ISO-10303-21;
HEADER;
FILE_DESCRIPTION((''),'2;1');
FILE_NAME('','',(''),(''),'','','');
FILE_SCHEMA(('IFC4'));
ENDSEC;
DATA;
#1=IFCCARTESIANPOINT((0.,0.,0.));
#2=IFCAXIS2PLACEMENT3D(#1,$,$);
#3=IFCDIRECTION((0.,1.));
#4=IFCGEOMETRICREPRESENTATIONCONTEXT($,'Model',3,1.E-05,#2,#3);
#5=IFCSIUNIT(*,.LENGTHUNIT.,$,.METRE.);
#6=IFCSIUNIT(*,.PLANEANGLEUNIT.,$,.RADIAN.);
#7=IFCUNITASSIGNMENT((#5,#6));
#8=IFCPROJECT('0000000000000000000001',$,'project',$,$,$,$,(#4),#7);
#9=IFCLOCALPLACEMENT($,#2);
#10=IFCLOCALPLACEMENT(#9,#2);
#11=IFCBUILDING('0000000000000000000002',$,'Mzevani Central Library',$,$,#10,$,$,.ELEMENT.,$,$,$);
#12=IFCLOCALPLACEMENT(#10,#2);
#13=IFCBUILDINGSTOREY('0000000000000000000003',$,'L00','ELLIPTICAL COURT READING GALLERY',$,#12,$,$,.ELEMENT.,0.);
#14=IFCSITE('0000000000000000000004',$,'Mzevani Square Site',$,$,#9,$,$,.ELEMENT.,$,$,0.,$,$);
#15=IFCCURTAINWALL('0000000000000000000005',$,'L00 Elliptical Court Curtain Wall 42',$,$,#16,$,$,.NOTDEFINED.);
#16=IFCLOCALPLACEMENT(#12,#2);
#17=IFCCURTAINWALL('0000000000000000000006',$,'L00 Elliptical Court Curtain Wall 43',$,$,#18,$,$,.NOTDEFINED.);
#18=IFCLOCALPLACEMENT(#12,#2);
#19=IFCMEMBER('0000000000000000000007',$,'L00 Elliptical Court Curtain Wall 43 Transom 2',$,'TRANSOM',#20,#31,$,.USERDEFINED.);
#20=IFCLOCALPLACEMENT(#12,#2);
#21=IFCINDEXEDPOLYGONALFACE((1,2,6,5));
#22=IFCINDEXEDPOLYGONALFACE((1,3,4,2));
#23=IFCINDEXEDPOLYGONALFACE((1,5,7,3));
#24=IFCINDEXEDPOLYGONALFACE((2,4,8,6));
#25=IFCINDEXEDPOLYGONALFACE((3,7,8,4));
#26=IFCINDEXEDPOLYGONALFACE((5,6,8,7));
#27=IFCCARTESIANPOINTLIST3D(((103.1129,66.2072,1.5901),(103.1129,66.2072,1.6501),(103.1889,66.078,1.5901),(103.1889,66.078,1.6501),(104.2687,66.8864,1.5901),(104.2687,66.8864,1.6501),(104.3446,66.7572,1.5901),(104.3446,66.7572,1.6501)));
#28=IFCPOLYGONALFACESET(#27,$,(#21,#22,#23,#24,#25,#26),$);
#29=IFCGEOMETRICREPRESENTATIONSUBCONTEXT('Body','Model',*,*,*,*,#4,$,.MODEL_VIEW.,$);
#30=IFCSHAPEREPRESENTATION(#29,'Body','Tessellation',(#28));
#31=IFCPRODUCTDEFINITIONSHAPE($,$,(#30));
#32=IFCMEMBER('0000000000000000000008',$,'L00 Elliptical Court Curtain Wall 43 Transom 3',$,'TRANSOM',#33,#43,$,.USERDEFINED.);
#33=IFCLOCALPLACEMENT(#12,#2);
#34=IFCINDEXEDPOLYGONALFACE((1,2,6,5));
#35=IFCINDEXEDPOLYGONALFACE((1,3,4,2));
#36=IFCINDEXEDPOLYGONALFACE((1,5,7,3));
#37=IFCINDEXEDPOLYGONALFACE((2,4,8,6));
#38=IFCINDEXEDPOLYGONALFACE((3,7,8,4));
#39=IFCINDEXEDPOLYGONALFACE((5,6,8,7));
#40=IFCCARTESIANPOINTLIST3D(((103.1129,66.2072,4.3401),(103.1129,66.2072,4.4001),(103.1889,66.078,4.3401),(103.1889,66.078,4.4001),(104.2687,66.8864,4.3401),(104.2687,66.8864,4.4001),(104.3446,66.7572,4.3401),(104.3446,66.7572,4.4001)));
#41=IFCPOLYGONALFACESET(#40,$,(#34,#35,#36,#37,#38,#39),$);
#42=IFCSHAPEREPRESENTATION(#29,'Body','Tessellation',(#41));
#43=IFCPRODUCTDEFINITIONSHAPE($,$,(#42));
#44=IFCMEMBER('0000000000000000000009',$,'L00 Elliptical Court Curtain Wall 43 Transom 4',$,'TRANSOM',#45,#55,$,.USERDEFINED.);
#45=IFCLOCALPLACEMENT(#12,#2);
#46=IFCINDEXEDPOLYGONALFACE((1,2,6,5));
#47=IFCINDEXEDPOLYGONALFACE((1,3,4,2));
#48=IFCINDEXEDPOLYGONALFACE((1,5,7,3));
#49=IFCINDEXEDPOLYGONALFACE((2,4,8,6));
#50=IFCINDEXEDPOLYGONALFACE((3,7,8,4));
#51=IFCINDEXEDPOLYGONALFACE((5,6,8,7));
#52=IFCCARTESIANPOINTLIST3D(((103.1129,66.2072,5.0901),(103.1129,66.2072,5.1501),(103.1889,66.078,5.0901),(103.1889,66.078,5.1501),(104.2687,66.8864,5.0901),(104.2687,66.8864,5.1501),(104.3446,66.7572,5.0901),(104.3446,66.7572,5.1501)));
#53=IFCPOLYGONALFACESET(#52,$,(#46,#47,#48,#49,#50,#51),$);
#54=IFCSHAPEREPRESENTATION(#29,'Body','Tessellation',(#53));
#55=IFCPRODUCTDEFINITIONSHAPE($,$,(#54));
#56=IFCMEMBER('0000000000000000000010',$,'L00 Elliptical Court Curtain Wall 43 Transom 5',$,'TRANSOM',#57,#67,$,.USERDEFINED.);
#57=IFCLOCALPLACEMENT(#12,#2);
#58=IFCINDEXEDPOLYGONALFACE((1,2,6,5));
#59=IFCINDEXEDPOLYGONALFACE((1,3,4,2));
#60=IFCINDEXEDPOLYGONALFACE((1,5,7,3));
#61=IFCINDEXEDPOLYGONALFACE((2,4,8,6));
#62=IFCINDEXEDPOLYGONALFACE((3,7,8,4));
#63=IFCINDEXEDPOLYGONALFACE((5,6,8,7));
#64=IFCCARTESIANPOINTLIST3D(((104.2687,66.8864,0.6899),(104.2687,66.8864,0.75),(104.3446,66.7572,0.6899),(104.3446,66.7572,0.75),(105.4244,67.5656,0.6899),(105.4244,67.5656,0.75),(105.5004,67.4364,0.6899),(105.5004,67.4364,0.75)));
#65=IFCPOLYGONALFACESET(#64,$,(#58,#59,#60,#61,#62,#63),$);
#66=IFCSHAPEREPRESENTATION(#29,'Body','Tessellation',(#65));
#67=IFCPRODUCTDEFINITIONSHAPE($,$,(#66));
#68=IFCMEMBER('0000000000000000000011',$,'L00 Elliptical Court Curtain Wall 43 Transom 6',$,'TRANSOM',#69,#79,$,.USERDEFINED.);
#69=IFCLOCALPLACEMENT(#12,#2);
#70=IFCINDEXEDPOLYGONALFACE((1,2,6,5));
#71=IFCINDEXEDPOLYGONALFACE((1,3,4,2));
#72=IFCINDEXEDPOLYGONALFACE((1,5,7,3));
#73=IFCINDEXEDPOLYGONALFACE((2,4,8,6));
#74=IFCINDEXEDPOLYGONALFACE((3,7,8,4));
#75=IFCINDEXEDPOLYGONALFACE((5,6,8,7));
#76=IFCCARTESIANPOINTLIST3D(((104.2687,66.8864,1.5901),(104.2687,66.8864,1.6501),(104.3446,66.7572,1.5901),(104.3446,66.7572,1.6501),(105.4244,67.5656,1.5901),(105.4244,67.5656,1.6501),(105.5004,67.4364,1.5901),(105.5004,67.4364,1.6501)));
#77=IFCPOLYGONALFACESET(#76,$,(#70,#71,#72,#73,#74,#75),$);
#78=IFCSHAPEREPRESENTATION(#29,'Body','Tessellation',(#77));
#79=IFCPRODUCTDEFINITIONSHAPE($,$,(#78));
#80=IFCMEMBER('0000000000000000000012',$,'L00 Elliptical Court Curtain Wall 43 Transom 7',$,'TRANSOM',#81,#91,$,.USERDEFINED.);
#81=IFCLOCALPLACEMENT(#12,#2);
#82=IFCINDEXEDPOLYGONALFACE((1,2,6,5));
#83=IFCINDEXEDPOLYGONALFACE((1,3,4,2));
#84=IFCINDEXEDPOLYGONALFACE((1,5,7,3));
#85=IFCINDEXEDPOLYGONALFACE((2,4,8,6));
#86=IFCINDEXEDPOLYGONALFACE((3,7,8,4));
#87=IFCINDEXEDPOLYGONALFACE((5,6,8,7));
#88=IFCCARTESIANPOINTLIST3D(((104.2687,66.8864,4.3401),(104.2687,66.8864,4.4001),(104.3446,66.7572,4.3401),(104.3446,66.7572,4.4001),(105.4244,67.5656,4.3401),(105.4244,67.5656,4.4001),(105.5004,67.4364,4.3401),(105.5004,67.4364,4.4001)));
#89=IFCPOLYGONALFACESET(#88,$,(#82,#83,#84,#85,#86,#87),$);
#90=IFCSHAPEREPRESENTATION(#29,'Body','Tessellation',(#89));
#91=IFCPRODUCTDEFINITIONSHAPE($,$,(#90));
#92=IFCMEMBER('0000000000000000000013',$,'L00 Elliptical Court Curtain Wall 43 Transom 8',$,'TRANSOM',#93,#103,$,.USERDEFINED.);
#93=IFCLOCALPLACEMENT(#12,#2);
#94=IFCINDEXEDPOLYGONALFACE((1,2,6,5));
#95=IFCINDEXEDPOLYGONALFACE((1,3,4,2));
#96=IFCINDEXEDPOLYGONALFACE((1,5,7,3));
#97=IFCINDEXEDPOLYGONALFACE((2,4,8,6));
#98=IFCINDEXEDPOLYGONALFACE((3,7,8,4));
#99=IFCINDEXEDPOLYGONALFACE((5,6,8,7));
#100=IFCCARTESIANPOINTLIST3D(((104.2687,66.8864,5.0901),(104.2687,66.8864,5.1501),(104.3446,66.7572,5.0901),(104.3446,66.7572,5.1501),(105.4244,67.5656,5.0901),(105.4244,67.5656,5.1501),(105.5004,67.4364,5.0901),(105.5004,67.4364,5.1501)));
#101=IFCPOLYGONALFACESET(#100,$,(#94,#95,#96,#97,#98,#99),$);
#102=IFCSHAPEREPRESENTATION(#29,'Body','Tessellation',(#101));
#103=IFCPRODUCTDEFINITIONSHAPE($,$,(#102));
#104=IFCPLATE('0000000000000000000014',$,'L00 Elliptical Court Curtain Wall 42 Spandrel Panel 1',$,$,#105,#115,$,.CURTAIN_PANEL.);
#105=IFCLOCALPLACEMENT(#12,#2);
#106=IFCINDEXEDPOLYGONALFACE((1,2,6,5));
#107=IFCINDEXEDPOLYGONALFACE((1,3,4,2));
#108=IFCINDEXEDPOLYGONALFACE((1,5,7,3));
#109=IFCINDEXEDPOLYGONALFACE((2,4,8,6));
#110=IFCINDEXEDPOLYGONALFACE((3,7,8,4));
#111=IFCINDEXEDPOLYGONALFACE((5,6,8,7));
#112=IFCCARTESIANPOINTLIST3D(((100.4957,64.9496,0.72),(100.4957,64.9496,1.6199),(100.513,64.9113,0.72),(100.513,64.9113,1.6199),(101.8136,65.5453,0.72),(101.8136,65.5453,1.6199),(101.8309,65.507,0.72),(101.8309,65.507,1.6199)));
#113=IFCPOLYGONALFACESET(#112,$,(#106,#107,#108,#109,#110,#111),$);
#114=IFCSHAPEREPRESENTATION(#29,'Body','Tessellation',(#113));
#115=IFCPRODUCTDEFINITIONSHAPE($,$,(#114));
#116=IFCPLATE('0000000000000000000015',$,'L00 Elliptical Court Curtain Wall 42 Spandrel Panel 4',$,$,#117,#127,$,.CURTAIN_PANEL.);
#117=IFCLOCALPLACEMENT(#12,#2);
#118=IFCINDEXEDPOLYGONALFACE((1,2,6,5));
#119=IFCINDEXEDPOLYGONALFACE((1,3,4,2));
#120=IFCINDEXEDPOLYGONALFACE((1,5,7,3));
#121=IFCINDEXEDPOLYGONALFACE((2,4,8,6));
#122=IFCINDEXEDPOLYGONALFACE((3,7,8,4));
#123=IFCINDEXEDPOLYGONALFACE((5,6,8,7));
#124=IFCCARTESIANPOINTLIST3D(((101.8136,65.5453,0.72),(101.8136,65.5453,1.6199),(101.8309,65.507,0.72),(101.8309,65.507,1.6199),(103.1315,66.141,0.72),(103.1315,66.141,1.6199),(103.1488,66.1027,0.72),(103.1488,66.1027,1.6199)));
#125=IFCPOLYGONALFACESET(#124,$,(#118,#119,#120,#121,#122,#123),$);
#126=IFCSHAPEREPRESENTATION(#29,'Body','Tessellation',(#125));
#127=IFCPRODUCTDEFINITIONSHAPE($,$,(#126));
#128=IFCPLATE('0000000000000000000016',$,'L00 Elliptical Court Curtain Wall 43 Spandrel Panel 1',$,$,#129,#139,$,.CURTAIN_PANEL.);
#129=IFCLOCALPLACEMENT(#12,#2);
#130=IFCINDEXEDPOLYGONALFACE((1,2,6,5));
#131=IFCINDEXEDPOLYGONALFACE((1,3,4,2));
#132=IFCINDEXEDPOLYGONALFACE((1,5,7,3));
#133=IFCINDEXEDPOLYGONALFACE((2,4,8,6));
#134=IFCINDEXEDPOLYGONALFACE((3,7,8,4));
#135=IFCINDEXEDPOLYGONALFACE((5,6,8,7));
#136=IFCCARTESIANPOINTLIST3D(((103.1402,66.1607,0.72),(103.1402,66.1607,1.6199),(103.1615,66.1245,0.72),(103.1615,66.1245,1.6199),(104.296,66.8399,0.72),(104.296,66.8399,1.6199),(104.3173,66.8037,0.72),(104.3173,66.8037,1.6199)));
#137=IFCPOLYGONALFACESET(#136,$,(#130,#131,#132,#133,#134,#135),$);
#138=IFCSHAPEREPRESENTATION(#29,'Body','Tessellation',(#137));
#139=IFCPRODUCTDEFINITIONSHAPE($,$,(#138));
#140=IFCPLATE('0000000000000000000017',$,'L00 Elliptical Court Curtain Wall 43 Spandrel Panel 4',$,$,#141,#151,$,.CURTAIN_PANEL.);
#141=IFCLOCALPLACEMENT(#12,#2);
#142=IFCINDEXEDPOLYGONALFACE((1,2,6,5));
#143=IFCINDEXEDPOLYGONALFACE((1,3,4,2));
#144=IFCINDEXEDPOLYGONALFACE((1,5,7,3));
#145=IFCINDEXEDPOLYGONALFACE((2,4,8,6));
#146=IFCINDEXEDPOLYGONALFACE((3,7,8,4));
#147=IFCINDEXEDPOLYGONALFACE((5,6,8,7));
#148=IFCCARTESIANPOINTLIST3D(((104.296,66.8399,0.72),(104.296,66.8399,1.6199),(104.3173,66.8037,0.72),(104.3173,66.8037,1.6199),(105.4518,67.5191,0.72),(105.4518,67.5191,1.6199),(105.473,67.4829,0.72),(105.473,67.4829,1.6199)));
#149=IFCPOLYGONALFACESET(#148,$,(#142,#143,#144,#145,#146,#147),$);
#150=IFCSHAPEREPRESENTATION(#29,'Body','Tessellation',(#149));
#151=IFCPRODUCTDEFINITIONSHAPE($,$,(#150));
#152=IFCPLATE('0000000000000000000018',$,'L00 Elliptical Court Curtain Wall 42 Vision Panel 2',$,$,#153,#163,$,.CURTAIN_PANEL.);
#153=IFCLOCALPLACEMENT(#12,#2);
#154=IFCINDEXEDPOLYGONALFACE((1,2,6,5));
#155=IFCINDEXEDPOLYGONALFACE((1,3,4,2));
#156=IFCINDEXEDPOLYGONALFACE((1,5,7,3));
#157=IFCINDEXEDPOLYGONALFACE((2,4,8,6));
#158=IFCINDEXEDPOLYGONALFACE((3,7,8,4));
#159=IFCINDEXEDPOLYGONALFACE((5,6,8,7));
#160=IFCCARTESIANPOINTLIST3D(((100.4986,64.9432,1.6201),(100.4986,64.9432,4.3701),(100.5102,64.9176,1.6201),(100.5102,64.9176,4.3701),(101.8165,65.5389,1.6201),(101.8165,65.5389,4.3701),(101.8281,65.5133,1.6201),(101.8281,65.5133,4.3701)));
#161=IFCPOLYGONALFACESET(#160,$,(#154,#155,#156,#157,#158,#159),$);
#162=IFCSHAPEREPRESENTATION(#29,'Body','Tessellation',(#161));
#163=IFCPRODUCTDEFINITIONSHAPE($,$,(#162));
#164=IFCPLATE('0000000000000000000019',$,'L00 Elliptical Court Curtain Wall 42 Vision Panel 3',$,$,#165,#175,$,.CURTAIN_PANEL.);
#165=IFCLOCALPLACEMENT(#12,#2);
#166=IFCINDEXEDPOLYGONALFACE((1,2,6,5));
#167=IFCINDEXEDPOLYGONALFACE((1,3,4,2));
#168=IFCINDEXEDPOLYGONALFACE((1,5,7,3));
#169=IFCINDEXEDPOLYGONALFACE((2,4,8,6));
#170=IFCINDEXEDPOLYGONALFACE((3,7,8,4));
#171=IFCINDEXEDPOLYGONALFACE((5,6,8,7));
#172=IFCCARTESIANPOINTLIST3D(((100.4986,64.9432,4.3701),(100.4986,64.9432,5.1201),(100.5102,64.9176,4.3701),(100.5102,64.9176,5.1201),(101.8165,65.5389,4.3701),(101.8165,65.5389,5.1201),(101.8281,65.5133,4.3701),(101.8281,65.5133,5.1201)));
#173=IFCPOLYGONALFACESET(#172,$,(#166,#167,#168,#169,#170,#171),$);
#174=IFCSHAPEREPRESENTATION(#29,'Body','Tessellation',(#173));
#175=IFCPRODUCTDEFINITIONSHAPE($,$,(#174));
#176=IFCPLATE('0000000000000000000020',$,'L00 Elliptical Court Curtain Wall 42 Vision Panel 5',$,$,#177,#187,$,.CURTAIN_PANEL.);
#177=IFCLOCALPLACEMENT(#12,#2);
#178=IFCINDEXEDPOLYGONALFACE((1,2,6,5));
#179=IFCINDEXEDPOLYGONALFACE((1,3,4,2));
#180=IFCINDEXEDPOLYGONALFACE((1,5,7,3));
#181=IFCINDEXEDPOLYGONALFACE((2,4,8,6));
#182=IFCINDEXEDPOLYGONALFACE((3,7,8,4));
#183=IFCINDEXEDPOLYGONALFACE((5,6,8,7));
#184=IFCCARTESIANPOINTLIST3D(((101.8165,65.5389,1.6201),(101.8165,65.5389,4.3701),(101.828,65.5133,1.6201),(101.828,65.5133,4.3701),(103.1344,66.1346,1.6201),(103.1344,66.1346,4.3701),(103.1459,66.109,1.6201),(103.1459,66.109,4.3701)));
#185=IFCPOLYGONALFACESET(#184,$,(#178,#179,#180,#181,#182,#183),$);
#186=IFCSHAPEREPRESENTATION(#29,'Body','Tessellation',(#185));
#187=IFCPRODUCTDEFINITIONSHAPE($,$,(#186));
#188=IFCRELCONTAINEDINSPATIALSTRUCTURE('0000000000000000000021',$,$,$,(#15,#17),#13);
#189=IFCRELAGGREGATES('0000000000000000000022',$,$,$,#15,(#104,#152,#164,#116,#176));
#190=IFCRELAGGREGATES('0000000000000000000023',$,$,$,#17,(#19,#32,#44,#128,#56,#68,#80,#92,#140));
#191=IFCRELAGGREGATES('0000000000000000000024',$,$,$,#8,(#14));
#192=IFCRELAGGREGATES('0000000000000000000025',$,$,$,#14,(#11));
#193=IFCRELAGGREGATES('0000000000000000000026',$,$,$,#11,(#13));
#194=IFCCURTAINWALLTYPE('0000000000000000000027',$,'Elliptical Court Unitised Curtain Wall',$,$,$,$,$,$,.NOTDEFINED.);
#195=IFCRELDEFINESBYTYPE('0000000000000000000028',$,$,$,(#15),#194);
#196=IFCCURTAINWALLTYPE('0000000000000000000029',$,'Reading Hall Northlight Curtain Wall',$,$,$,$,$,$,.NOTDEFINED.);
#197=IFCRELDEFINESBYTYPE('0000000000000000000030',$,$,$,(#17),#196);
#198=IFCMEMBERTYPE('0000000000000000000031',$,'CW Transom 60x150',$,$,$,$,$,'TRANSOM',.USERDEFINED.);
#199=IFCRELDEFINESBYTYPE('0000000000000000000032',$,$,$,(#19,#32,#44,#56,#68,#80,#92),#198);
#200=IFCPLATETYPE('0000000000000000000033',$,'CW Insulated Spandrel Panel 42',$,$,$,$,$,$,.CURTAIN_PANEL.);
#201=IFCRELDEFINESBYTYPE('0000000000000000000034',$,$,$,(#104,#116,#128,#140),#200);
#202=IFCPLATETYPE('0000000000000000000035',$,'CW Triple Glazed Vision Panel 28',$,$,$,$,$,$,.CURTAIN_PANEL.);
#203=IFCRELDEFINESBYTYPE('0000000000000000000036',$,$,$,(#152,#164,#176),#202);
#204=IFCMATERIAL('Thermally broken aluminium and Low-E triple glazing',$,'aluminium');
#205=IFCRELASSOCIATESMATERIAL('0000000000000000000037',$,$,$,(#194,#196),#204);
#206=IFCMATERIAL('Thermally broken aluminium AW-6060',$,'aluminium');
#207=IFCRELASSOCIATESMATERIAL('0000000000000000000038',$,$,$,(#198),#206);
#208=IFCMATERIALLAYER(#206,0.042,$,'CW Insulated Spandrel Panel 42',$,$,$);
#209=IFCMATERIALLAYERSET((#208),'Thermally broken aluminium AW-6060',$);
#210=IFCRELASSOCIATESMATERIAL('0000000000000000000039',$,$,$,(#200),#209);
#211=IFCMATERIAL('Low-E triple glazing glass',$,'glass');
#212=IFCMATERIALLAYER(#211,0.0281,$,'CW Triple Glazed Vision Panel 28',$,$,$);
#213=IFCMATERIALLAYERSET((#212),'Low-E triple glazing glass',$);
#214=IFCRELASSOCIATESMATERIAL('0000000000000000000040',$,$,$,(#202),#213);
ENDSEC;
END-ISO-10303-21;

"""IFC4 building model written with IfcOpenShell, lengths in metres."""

from ifc_helpers import new_model, si_unit, direction, frame, origin, origin_2d, place, context, subcontext, project, spatial, rectangle, extrude, material, layer, layer_set, material_profile, profile_set, type_object, element, aggregate, save


model = new_model("IFC4")

# Units and contexts
model_context = context("Model", 3, precision=1e-05, world=origin(), true_north=direction((0.0, 1.0)))
body_context = subcontext(model_context, "Body", "Model", "MODEL_VIEW")
ifc_project = project(units=[si_unit("LENGTHUNIT", "METRE"), si_unit("PLANEANGLEUNIT", "RADIAN")], contexts=[model_context])

# Site, building, storey
site_placement = place(None, origin())
site = spatial("IfcSite", under=ifc_project, at=site_placement, Name="Mzevani Square Site", CompositionType="ELEMENT", RefElevation=0.0)
building_placement = place(site_placement, origin())
building = spatial("IfcBuilding", under=site, at=building_placement, Name="Mzevani Central Library", CompositionType="ELEMENT")
storey_placement = place(building_placement, origin())
storey = spatial("IfcBuildingStorey", under=building, at=storey_placement, Name="L00", Description="ELLIPTICAL COURT READING GALLERY", CompositionType="ELEMENT", Elevation=0.0)

# Curtain walls
ifc_material_1 = material(Name="Thermally broken aluminium and Low-E triple glazing", Category="aluminium")
curtain_wall_type_1 = type_object("IfcCurtainWallType", Name="Elliptical Court Unitised Curtain Wall", PredefinedType="NOTDEFINED", material=ifc_material_1)
curtain_wall_1_placement = place(storey_placement, origin())
curtain_wall_1 = element("IfcCurtainWall", 1, at=curtain_wall_1_placement, inside=storey, type_object=curtain_wall_type_1, Name="L00 Elliptical Court Curtain Wall 42", PredefinedType="NOTDEFINED")
ifc_material_2 = material(Name="Thermally broken aluminium AW-6060", Category="aluminium")
curtain_wall_type_2 = type_object("IfcCurtainWallType", Name="Reading Hall Northlight Curtain Wall", PredefinedType="NOTDEFINED", material=ifc_material_1)
curtain_wall_2_placement = place(storey_placement, origin())
curtain_wall_2 = element("IfcCurtainWall", 2, at=curtain_wall_2_placement, inside=storey, type_object=curtain_wall_type_2, Name="L00 Elliptical Court Curtain Wall 43", PredefinedType="NOTDEFINED")

# Members
ifc_material_profile_1 = material_profile(ifc_material_2, rectangle(XDim=0.1499, YDim=0.0601, at=origin_2d()), Name="ALU T60x150")
ifc_profile_set_1 = profile_set([ifc_material_profile_1], Name="Thermally broken aluminium AW-6060")
member_type_1 = type_object("IfcMemberType", Name="CW Transom 60x150", ElementType="TRANSOM", PredefinedType="USERDEFINED", material=ifc_profile_set_1)
member_1_placement = place(storey_placement, frame((103.1509, 66.1426, 1.6201), z_axis=(0.862149, 0.506654, 0.0), x_axis=(-0.506654, 0.862149, 0.0)))
member_1 = element("IfcMember", 3, at=member_1_placement, type_object=member_type_1, Name="L00 Elliptical Court Curtain Wall 43 Transom 2", ObjectType="TRANSOM", PredefinedType="USERDEFINED", context=body_context, shape_type="SweptSolid", body=[
    extrude(rectangle(XDim=0.1499, YDim=0.0601, at=origin_2d()), origin(), (0.0, 0.0, 1.0), 1.3406),
])
member_2_placement = place(storey_placement, frame((103.1509, 66.1426, 4.3701), z_axis=(0.862149, 0.506654, 0.0), x_axis=(-0.506654, 0.862149, 0.0)))
member_2 = element("IfcMember", 4, at=member_2_placement, type_object=member_type_1, Name="L00 Elliptical Court Curtain Wall 43 Transom 3", ObjectType="TRANSOM", PredefinedType="USERDEFINED", context=body_context, shape_type="SweptSolid", body=[
    extrude(rectangle(XDim=0.1499, YDim=0.0601, at=origin_2d()), origin(), (0.0, 0.0, 1.0), 1.3406),
])
member_3_placement = place(storey_placement, frame((103.1509, 66.1426, 5.1201), z_axis=(0.862149, 0.506654, 0.0), x_axis=(-0.506654, 0.862149, 0.0)))
member_3 = element("IfcMember", 5, at=member_3_placement, type_object=member_type_1, Name="L00 Elliptical Court Curtain Wall 43 Transom 4", ObjectType="TRANSOM", PredefinedType="USERDEFINED", context=body_context, shape_type="SweptSolid", body=[
    extrude(rectangle(XDim=0.1499, YDim=0.0601, at=origin_2d()), origin(), (0.0, 0.0, 1.0), 1.3406),
])
member_4_placement = place(storey_placement, frame((104.3066, 66.8218, 0.72), z_axis=(0.862149, 0.506654, 0.0), x_axis=(-0.506654, 0.862149, 0.0)))
member_4 = element("IfcMember", 6, at=member_4_placement, type_object=member_type_1, Name="L00 Elliptical Court Curtain Wall 43 Transom 5", ObjectType="TRANSOM", PredefinedType="USERDEFINED", context=body_context, shape_type="SweptSolid", body=[
    extrude(rectangle(XDim=0.1499, YDim=0.0601, at=origin_2d()), origin(), (0.0, 0.0, 1.0), 1.3406),
])
member_5_placement = place(storey_placement, frame((104.3066, 66.8218, 1.6201), z_axis=(0.862149, 0.506654, 0.0), x_axis=(-0.506654, 0.862149, 0.0)))
member_5 = element("IfcMember", 7, at=member_5_placement, type_object=member_type_1, Name="L00 Elliptical Court Curtain Wall 43 Transom 6", ObjectType="TRANSOM", PredefinedType="USERDEFINED", context=body_context, shape_type="SweptSolid", body=[
    extrude(rectangle(XDim=0.1499, YDim=0.0601, at=origin_2d()), origin(), (0.0, 0.0, 1.0), 1.3406),
])
member_6_placement = place(storey_placement, frame((104.3066, 66.8218, 4.3701), z_axis=(0.862149, 0.506654, 0.0), x_axis=(-0.506654, 0.862149, 0.0)))
member_6 = element("IfcMember", 8, at=member_6_placement, type_object=member_type_1, Name="L00 Elliptical Court Curtain Wall 43 Transom 7", ObjectType="TRANSOM", PredefinedType="USERDEFINED", context=body_context, shape_type="SweptSolid", body=[
    extrude(rectangle(XDim=0.1499, YDim=0.0601, at=origin_2d()), origin(), (0.0, 0.0, 1.0), 1.3406),
])
member_7_placement = place(storey_placement, frame((104.3066, 66.8218, 5.1201), z_axis=(0.862149, 0.506654, 0.0), x_axis=(-0.506654, 0.862149, 0.0)))
member_7 = element("IfcMember", 9, at=member_7_placement, type_object=member_type_1, Name="L00 Elliptical Court Curtain Wall 43 Transom 8", ObjectType="TRANSOM", PredefinedType="USERDEFINED", context=body_context, shape_type="SweptSolid", body=[
    extrude(rectangle(XDim=0.1499, YDim=0.0601, at=origin_2d()), origin(), (0.0, 0.0, 1.0), 1.3406),
])

# Plates
ifc_layer_1 = layer(ifc_material_2, 0.042, Name="CW Insulated Spandrel Panel 42")
ifc_layer_set_1 = layer_set([ifc_layer_1], Name="Thermally broken aluminium AW-6060")
plate_type_1 = type_object("IfcPlateType", Name="CW Insulated Spandrel Panel 42", PredefinedType="CURTAIN_PANEL", material=ifc_layer_set_1)
plate_1_placement = place(storey_placement, frame((101.1633, 65.2283, 0.72), z_axis=(0.0, 0.0, 1.0), x_axis=(0.911237, 0.411882, 0.0)))
plate_1 = element("IfcPlate", 10, at=plate_1_placement, type_object=plate_type_1, Name="L00 Elliptical Court Curtain Wall 42 Spandrel Panel 1", PredefinedType="CURTAIN_PANEL", context=body_context, shape_type="SweptSolid", body=[
    extrude(rectangle(XDim=1.4463, YDim=0.042, at=origin_2d()), origin(), (0.0, 0.0, 1.0), 0.8999),
])
plate_2_placement = place(storey_placement, frame((102.4812, 65.824, 0.72), z_axis=(0.0, 0.0, 1.0), x_axis=(0.911237, 0.411882, 0.0)))
plate_2 = element("IfcPlate", 11, at=plate_2_placement, type_object=plate_type_1, Name="L00 Elliptical Court Curtain Wall 42 Spandrel Panel 4", PredefinedType="CURTAIN_PANEL", context=body_context, shape_type="SweptSolid", body=[
    extrude(rectangle(XDim=1.4463, YDim=0.042, at=origin_2d()), origin(), (0.0, 0.0, 1.0), 0.8999),
])
plate_3_placement = place(storey_placement, frame((103.7288, 66.4822, 0.72), z_axis=(0.0, 0.0, 1.0), x_axis=(0.862137, 0.506675, 0.0)))
plate_3 = element("IfcPlate", 12, at=plate_3_placement, type_object=plate_type_1, Name="L00 Elliptical Court Curtain Wall 43 Spandrel Panel 1", PredefinedType="CURTAIN_PANEL", context=body_context, shape_type="SweptSolid", body=[
    extrude(rectangle(XDim=1.3406, YDim=0.042, at=origin_2d()), origin(), (0.0, 0.0, 1.0), 0.8999),
])
plate_4_placement = place(storey_placement, frame((104.8845, 67.1614, 0.72), z_axis=(0.0, 0.0, 1.0), x_axis=(0.862137, 0.506675, 0.0)))
plate_4 = element("IfcPlate", 13, at=plate_4_placement, type_object=plate_type_1, Name="L00 Elliptical Court Curtain Wall 43 Spandrel Panel 4", PredefinedType="CURTAIN_PANEL", context=body_context, shape_type="SweptSolid", body=[
    extrude(rectangle(XDim=1.3406, YDim=0.042, at=origin_2d()), origin(), (0.0, 0.0, 1.0), 0.8999),
])
ifc_material_3 = material(Name="Low-E triple glazing glass", Category="glass")
ifc_layer_2 = layer(ifc_material_3, 0.0281, Name="CW Triple Glazed Vision Panel 28")
ifc_layer_set_2 = layer_set([ifc_layer_2], Name="Low-E triple glazing glass")
plate_type_2 = type_object("IfcPlateType", Name="CW Triple Glazed Vision Panel 28", PredefinedType="CURTAIN_PANEL", material=ifc_layer_set_2)
plate_5_placement = place(storey_placement, frame((101.1633, 65.2283, 1.6201), z_axis=(0.0, 0.0, 1.0), x_axis=(0.911237, 0.411882, 0.0)))
plate_5 = element("IfcPlate", 14, at=plate_5_placement, type_object=plate_type_2, Name="L00 Elliptical Court Curtain Wall 42 Vision Panel 2", PredefinedType="CURTAIN_PANEL", context=body_context, shape_type="SweptSolid", body=[
    extrude(rectangle(XDim=1.4463, YDim=0.0281, at=origin_2d()), origin(), (0.0, 0.0, 1.0), 2.75),
])
plate_6_placement = place(storey_placement, frame((101.1633, 65.2283, 4.3701), z_axis=(0.0, 0.0, 1.0), x_axis=(0.911237, 0.411882, 0.0)))
plate_6 = element("IfcPlate", 15, at=plate_6_placement, type_object=plate_type_2, Name="L00 Elliptical Court Curtain Wall 42 Vision Panel 3", PredefinedType="CURTAIN_PANEL", context=body_context, shape_type="SweptSolid", body=[
    extrude(rectangle(XDim=1.4463, YDim=0.0281, at=origin_2d()), origin(), (0.0, 0.0, 1.0), 0.75),
])
plate_7_placement = place(storey_placement, frame((102.4812, 65.824, 1.6201), z_axis=(0.0, 0.0, 1.0), x_axis=(0.911237, 0.411882, 0.0)))
plate_7 = element("IfcPlate", 16, at=plate_7_placement, type_object=plate_type_2, Name="L00 Elliptical Court Curtain Wall 42 Vision Panel 5", PredefinedType="CURTAIN_PANEL", context=body_context, shape_type="SweptSolid", body=[
    extrude(rectangle(XDim=1.4463, YDim=0.0281, at=origin_2d()), origin(), (0.0, 0.0, 1.0), 2.75),
])
aggregate(curtain_wall_1, [plate_1, plate_5, plate_6, plate_2, plate_7])
aggregate(curtain_wall_2, [member_1, member_2, member_3, plate_3, member_4, member_5, member_6, member_7, plate_4])

save(model, "model.ifc")
